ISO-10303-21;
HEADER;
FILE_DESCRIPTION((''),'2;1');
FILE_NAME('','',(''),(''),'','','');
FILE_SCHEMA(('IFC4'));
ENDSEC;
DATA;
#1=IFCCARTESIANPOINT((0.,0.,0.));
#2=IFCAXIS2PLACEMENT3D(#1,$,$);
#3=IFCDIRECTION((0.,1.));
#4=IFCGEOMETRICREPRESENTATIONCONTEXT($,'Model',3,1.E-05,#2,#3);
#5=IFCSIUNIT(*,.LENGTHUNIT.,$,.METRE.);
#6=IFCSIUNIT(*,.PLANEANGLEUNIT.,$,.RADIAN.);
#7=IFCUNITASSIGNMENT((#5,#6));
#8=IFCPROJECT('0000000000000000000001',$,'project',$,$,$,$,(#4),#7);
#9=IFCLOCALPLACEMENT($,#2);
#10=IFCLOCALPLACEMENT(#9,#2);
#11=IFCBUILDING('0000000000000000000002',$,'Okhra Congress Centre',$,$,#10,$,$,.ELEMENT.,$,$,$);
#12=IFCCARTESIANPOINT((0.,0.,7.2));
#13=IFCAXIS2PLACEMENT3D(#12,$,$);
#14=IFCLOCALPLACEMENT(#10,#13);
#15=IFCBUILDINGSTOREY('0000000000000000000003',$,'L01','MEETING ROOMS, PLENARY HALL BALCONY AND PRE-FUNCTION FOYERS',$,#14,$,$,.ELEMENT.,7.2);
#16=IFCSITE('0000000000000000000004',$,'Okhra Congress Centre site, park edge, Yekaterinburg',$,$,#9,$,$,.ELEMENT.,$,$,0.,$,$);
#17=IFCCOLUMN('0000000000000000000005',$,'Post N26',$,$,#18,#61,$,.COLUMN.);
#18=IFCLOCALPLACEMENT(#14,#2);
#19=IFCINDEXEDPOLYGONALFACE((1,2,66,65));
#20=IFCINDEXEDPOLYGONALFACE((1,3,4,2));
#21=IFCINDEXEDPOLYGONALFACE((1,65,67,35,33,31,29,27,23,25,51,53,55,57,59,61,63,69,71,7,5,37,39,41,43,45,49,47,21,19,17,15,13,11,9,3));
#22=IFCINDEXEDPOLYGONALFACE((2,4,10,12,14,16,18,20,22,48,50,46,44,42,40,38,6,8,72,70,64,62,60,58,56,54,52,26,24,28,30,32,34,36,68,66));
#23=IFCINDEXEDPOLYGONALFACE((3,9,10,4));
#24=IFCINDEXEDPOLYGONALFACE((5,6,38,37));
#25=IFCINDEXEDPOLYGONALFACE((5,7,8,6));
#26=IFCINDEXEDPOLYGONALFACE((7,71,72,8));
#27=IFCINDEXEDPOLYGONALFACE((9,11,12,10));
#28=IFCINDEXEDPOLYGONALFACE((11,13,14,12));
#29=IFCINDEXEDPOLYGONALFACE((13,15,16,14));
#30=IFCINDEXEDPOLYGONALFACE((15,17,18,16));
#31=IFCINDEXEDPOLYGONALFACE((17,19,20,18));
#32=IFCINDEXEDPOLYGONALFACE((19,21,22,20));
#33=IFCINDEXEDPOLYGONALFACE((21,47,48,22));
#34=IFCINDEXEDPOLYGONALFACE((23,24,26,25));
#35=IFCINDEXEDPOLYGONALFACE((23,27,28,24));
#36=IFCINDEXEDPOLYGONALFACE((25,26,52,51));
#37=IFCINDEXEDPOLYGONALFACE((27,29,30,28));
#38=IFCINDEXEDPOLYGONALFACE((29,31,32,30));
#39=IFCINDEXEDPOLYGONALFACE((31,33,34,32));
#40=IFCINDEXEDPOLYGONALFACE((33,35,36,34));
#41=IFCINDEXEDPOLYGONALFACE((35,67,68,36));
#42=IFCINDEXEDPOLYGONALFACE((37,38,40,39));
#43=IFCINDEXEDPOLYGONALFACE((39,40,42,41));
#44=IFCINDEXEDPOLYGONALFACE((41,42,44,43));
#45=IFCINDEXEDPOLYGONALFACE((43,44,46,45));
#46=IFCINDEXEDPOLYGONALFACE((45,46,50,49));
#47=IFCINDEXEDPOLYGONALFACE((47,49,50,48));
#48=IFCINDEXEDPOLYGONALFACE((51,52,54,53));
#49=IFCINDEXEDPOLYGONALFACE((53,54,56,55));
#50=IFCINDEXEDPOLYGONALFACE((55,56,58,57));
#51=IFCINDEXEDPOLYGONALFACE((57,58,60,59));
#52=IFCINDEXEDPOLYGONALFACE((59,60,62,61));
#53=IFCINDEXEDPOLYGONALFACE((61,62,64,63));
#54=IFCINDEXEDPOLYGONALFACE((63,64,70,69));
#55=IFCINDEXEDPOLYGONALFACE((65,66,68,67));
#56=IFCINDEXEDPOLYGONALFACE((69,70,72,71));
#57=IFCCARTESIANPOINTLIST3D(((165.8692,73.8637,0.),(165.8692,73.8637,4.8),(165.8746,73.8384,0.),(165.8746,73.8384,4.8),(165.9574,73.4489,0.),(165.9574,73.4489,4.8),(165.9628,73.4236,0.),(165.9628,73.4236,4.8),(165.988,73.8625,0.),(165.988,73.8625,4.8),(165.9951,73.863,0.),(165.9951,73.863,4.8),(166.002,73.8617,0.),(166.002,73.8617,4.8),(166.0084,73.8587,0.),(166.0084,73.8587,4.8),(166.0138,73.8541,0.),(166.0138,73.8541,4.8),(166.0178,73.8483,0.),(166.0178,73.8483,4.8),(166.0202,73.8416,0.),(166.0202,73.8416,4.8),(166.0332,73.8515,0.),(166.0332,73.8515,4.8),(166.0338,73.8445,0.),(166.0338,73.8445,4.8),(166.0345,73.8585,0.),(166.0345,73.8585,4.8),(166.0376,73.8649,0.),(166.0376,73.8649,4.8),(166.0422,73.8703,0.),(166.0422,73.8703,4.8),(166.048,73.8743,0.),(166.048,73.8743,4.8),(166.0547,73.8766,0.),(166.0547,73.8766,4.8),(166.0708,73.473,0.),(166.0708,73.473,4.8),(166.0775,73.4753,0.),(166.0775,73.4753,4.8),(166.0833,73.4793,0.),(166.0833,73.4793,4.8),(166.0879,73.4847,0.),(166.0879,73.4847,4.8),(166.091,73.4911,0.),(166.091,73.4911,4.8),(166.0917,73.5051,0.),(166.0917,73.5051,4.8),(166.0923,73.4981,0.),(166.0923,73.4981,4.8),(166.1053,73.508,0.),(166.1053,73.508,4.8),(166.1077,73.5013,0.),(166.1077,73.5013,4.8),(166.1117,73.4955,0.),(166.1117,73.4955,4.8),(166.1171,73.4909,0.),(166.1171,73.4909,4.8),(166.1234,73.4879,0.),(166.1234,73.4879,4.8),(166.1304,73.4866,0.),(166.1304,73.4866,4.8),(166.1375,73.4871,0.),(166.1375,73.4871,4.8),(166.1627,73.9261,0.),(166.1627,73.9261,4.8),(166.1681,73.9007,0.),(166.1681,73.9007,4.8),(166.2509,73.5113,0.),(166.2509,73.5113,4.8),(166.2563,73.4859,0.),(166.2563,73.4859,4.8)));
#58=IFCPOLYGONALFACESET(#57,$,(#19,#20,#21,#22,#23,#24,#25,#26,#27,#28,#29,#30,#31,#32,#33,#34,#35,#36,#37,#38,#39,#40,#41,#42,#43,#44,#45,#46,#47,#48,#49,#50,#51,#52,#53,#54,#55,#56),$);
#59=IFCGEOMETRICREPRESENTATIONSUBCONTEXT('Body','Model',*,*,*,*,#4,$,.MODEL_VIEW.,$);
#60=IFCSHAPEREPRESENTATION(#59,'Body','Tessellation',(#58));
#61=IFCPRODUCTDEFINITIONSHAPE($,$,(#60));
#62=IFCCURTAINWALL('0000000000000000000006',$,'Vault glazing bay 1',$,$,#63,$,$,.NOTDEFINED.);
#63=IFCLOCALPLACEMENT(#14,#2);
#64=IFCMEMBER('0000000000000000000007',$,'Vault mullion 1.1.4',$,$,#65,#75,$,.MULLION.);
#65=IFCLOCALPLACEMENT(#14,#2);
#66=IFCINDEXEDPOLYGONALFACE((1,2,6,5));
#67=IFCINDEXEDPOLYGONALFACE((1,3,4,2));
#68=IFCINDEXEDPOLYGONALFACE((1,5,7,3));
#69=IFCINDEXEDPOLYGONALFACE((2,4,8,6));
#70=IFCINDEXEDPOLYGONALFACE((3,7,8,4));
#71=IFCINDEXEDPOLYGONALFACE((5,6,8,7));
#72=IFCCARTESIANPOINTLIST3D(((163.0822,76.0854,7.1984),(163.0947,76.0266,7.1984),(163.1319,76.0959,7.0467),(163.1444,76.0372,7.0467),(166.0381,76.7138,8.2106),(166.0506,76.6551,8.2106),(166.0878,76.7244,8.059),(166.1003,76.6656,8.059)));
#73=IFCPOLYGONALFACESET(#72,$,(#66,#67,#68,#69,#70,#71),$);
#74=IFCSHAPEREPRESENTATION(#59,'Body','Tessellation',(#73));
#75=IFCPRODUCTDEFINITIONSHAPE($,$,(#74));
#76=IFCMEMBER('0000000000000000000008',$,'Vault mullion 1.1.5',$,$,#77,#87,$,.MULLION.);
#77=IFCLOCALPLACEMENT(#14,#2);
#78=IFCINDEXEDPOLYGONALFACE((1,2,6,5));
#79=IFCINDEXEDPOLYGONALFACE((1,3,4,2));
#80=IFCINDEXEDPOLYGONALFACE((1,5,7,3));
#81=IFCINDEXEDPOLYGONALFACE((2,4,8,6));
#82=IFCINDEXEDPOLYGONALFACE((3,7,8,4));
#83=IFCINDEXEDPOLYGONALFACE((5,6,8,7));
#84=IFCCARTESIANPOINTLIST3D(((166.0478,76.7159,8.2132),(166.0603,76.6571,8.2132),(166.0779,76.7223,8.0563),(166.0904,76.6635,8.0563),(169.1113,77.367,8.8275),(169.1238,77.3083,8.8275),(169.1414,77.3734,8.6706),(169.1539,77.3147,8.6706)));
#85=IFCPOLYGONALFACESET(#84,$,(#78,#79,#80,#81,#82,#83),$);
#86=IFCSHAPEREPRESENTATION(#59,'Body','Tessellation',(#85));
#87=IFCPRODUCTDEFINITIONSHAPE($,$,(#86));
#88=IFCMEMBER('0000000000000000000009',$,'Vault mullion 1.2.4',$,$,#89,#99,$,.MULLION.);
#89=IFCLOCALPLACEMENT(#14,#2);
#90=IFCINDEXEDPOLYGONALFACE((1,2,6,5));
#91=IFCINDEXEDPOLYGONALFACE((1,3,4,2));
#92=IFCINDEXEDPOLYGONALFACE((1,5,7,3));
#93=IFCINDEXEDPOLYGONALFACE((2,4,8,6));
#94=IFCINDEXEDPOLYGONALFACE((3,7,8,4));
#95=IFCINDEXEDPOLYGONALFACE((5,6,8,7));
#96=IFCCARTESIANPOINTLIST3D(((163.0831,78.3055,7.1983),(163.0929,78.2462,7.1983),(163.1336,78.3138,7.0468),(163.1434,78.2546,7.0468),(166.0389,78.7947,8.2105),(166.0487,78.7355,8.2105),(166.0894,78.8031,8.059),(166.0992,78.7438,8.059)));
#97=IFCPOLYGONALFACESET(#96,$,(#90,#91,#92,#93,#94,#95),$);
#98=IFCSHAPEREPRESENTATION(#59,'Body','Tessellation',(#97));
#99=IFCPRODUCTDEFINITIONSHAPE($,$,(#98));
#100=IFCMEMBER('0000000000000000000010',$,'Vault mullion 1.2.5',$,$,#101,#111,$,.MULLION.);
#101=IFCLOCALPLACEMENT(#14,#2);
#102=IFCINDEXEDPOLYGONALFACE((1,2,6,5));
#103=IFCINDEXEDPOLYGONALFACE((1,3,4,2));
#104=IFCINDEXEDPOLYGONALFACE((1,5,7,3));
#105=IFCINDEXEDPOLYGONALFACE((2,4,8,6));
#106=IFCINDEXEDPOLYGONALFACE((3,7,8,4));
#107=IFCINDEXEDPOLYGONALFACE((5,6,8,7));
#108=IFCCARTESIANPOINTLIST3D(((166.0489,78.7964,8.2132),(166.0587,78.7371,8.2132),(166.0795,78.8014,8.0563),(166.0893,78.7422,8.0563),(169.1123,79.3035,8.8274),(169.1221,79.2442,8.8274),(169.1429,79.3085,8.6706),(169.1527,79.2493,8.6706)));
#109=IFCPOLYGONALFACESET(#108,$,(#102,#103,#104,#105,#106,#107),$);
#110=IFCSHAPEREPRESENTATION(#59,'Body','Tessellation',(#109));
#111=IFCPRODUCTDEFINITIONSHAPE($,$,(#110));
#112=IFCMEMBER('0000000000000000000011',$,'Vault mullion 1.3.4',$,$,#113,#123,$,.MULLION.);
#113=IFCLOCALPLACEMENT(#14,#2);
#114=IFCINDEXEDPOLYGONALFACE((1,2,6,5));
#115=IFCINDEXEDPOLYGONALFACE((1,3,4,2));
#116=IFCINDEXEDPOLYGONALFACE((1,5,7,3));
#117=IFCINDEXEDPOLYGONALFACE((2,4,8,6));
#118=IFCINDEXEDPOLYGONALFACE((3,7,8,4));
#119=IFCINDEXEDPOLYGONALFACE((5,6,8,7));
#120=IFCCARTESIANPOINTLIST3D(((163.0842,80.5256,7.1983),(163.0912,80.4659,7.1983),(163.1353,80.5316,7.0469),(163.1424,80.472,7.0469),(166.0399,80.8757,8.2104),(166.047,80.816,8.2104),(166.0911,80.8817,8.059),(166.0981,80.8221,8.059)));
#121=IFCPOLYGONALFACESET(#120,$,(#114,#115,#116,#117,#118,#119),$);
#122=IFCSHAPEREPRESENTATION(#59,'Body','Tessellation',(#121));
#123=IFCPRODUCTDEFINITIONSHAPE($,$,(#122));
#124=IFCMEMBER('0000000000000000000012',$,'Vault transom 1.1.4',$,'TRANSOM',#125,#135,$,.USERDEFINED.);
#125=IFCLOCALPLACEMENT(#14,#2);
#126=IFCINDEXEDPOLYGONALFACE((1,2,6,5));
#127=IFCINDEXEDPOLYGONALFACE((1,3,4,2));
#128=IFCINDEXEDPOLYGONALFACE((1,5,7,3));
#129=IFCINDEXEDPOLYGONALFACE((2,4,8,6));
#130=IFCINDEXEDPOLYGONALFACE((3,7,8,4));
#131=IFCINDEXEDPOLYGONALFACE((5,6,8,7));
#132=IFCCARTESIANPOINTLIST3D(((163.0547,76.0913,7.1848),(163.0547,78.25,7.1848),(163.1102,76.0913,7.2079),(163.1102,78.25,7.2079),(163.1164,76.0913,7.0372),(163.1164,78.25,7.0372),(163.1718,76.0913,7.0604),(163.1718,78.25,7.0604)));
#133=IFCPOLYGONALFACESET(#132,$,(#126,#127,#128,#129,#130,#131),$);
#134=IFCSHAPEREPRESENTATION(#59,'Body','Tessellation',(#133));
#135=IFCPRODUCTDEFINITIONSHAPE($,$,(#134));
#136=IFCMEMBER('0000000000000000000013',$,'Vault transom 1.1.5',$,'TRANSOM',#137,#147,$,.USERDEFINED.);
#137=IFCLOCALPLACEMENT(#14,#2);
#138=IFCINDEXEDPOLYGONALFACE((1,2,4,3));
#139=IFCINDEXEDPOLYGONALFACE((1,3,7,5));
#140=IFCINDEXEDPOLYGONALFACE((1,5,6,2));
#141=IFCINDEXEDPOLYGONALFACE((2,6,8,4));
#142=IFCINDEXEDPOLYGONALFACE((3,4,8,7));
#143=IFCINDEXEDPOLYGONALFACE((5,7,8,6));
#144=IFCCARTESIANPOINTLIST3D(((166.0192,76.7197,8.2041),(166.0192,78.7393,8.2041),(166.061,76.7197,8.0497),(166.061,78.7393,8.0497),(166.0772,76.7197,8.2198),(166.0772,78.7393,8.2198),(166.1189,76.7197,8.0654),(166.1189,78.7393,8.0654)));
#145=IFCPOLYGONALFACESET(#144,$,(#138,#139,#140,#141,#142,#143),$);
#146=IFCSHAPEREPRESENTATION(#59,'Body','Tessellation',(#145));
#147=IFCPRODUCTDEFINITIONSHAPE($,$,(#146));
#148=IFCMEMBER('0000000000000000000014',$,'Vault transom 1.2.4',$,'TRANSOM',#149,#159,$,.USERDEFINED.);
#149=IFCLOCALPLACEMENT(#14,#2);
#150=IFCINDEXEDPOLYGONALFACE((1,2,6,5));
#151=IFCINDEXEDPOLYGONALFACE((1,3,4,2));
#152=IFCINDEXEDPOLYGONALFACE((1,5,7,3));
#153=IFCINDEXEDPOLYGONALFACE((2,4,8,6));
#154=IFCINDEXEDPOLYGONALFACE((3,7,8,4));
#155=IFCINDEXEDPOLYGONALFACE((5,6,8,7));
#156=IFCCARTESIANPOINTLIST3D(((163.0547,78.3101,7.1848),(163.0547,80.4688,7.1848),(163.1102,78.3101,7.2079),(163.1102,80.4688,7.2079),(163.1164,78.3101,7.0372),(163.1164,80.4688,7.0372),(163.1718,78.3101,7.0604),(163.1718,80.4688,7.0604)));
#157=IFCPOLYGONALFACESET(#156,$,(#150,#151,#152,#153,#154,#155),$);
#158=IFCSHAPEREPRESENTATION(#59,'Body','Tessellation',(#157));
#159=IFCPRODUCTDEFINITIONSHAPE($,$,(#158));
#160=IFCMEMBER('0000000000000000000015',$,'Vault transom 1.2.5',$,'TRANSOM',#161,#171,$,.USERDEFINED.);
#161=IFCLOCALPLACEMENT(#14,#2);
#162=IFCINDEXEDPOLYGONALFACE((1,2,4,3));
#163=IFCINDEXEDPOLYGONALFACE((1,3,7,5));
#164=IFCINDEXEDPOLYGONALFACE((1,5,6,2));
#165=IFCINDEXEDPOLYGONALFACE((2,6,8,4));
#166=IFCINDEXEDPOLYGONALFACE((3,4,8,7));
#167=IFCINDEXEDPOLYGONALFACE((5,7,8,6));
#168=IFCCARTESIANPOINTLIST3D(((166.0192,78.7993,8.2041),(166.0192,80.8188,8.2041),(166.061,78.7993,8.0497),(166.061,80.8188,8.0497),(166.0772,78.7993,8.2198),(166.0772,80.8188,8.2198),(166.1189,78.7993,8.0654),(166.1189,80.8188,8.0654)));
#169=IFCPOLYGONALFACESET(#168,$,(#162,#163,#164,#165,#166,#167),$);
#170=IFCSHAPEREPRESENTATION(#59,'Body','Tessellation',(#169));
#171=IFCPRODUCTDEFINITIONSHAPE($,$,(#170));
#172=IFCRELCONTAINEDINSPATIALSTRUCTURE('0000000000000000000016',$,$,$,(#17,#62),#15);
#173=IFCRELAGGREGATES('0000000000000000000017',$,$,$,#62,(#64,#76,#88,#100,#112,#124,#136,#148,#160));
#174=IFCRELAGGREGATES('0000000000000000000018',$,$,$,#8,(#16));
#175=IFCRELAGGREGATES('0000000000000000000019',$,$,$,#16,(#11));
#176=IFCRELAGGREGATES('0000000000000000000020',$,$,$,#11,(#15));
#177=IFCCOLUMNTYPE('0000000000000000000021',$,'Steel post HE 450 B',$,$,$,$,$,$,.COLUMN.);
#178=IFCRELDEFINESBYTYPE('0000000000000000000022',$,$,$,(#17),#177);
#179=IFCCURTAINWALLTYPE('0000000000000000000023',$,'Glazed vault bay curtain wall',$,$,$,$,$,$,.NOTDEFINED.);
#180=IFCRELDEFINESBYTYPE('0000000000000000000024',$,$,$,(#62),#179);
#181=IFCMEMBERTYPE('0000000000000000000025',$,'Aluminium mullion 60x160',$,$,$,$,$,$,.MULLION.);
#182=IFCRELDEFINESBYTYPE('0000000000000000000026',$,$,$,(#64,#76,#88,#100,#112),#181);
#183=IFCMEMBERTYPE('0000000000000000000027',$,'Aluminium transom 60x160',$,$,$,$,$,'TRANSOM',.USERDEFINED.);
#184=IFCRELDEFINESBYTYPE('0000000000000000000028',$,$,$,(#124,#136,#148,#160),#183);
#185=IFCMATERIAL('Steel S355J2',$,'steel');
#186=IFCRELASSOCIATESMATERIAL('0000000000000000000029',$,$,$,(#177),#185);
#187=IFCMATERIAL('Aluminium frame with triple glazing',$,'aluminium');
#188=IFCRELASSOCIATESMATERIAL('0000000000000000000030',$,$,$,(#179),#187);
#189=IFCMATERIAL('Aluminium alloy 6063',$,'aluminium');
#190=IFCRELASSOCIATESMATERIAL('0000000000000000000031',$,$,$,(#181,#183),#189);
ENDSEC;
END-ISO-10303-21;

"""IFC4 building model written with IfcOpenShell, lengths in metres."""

from ifc_helpers import new_model, si_unit, direction, frame, origin, origin_2d, place, context, subcontext, project, spatial, rectangle, i_section, extrude, material, material_profile, profile_set, type_object, element, aggregate, save


model = new_model("IFC4")

# Units and contexts
model_context = context("Model", 3, precision=1e-05, world=origin(), true_north=direction((0.0, 1.0)))
body_context = subcontext(model_context, "Body", "Model", "MODEL_VIEW")
ifc_project = project(units=[si_unit("LENGTHUNIT", "METRE"), si_unit("PLANEANGLEUNIT", "RADIAN")], contexts=[model_context])

# Site, building, storey
site_placement = place(None, origin())
site = spatial("IfcSite", under=ifc_project, at=site_placement, Name="Okhra Congress Centre site, park edge, Yekaterinburg", CompositionType="ELEMENT", RefElevation=0.0)
building_placement = place(site_placement, origin())
building = spatial("IfcBuilding", under=site, at=building_placement, Name="Okhra Congress Centre", CompositionType="ELEMENT")
storey_placement = place(building_placement, frame((0.0, 0.0, 7.2)))
storey = spatial("IfcBuildingStorey", under=building, at=storey_placement, Name="L01", Description="MEETING ROOMS, PLENARY HALL BALCONY AND PRE-FUNCTION FOYERS", CompositionType="ELEMENT", Elevation=7.2)

# Column
ifc_material_1 = material(Name="Steel S355J2", Category="steel")
ifc_material_profile_1 = material_profile(ifc_material_1, i_section(OverallWidth=0.3, OverallDepth=0.45, WebThickness=0.0139, FlangeThickness=0.0259, FilletRadius=0.0271, at=origin_2d()), Name="HE 450 B")
ifc_profile_set_1 = profile_set([ifc_material_profile_1], Name="Steel S355J2")
column_type = type_object("IfcColumnType", Name="Steel post HE 450 B", PredefinedType="COLUMN", material=ifc_profile_set_1)
column_placement = place(storey_placement, frame((166.0627, 73.6748, 0.0), z_axis=(0.0, 0.0, 1.0), x_axis=(0.978148, 0.207912, 0.0)))
element("IfcColumn", 1, at=column_placement, inside=storey, type_object=column_type, Name="Post N26", PredefinedType="COLUMN", context=body_context, shape_type="SweptSolid", body=[
    extrude(i_section(OverallWidth=0.3, OverallDepth=0.45, WebThickness=0.0139, FlangeThickness=0.0259, FilletRadius=0.0271, at=origin_2d()), origin(), (0.0, 0.0, 1.0), 4.8),
])

# Curtain wall, members
ifc_material_2 = material(Name="Aluminium frame with triple glazing", Category="aluminium")
curtain_wall_type = type_object("IfcCurtainWallType", Name="Glazed vault bay curtain wall", PredefinedType="NOTDEFINED", material=ifc_material_2)
curtain_wall_placement = place(storey_placement, origin())
curtain_wall = element("IfcCurtainWall", 2, at=curtain_wall_placement, inside=storey, type_object=curtain_wall_type, Name="Vault glazing bay 1", PredefinedType="NOTDEFINED")
ifc_material_3 = material(Name="Aluminium alloy 6063", Category="aluminium")
ifc_material_profile_2 = material_profile(ifc_material_3, rectangle(XDim=0.0601, YDim=0.1599, at=origin_2d()), Name="AL 60x160")
ifc_profile_set_2 = profile_set([ifc_material_profile_2], Name="Aluminium alloy 6063")
member_type_1 = type_object("IfcMemberType", Name="Aluminium mullion 60x160", PredefinedType="MULLION", material=ifc_profile_set_2)
member_1_placement = place(storey_placement, frame((163.1133, 76.0613, 7.1226), z_axis=(0.92749, 0.197188, 0.317616), x_axis=(-0.207956, 0.978138, 0.0)))
member_1 = element("IfcMember", 3, at=member_1_placement, type_object=member_type_1, Name="Vault mullion 1.1.4", PredefinedType="MULLION", context=body_context, shape_type="SweptSolid", body=[
    extrude(rectangle(XDim=0.0601, YDim=0.1599, at=origin_2d()), origin(), (0.0, 0.0, 1.0), 3.187),
])
member_2_placement = place(storey_placement, frame((166.0691, 76.6897, 8.1348), z_axis=(0.959863, 0.204013, 0.192462), x_axis=(-0.2079, 0.97815, 0.0)))
member_2 = element("IfcMember", 4, at=member_2_placement, type_object=member_type_1, Name="Vault mullion 1.1.5", PredefinedType="MULLION", context=body_context, shape_type="SweptSolid", body=[
    extrude(rectangle(XDim=0.0601, YDim=0.1599, at=origin_2d()), origin(), (0.0, 0.0, 1.0), 3.1917),
])
member_3_placement = place(storey_placement, frame((163.1133, 78.28, 7.1226), z_axis=(0.934674, 0.154711, 0.320076), x_axis=(-0.163302, 0.986576, 0.0)))
member_3 = element("IfcMember", 5, at=member_3_placement, type_object=member_type_1, Name="Vault mullion 1.2.4", PredefinedType="MULLION", context=body_context, shape_type="SweptSolid", body=[
    extrude(rectangle(XDim=0.0601, YDim=0.1599, at=origin_2d()), origin(), (0.0, 0.0, 1.0), 3.1624),
])
member_4_placement = place(storey_placement, frame((166.0691, 78.7693, 8.1348), z_axis=(0.967821, 0.160198, 0.194058), x_axis=(-0.163302, 0.986576, 0.0)))
member_4 = element("IfcMember", 6, at=member_4_placement, type_object=member_type_1, Name="Vault mullion 1.2.5", PredefinedType="MULLION", context=body_context, shape_type="SweptSolid", body=[
    extrude(rectangle(XDim=0.0601, YDim=0.1599, at=origin_2d()), origin(), (0.0, 0.0, 1.0), 3.1653),
])
member_5_placement = place(storey_placement, frame((163.1133, 80.4988, 7.1226), z_axis=(0.940181, 0.111359, 0.321962), x_axis=(-0.117622, 0.993058, 0.0)))
member_5 = element("IfcMember", 7, at=member_5_placement, type_object=member_type_1, Name="Vault mullion 1.3.4", PredefinedType="MULLION", context=body_context, shape_type="SweptSolid", body=[
    extrude(rectangle(XDim=0.0601, YDim=0.1599, at=origin_2d()), origin(), (0.0, 0.0, 1.0), 3.1438),
])
ifc_material_profile_3 = material_profile(ifc_material_3, rectangle(XDim=0.0601, YDim=0.1599, at=origin_2d()), Name="AL 60x160 transom")
ifc_profile_set_3 = profile_set([ifc_material_profile_3], Name="Aluminium alloy 6063")
member_type_2 = type_object("IfcMemberType", Name="Aluminium transom 60x160", ElementType="TRANSOM", PredefinedType="USERDEFINED", material=ifc_profile_set_3)
member_6_placement = place(storey_placement, frame((163.1133, 76.0913, 7.1226), z_axis=(0.0, 1.0, 0.0), x_axis=(-0.922669, 0.0, -0.385593)))
member_6 = element("IfcMember", 8, at=member_6_placement, type_object=member_type_2, Name="Vault transom 1.1.4", ObjectType="TRANSOM", PredefinedType="USERDEFINED", context=body_context, shape_type="SweptSolid", body=[
    extrude(rectangle(XDim=0.0601, YDim=0.1599, at=origin_2d()), origin(), (0.0, 0.0, 1.0), 2.1587),
])
member_7_placement = place(storey_placement, frame((166.0691, 76.7197, 8.1348), z_axis=(0.0, 1.0, 0.0), x_axis=(-0.96538, 0.0, -0.260848)))
member_7 = element("IfcMember", 9, at=member_7_placement, type_object=member_type_2, Name="Vault transom 1.1.5", ObjectType="TRANSOM", PredefinedType="USERDEFINED", context=body_context, shape_type="SweptSolid", body=[
    extrude(rectangle(XDim=0.0601, YDim=0.1599, at=origin_2d()), origin(), (0.0, 0.0, 1.0), 2.0195),
])
member_8_placement = place(storey_placement, frame((163.1133, 78.3101, 7.1226), z_axis=(0.0, 1.0, 0.0), x_axis=(-0.922669, 0.0, -0.385593)))
member_8 = element("IfcMember", 10, at=member_8_placement, type_object=member_type_2, Name="Vault transom 1.2.4", ObjectType="TRANSOM", PredefinedType="USERDEFINED", context=body_context, shape_type="SweptSolid", body=[
    extrude(rectangle(XDim=0.0601, YDim=0.1599, at=origin_2d()), origin(), (0.0, 0.0, 1.0), 2.1587),
])
member_9_placement = place(storey_placement, frame((166.0691, 78.7993, 8.1348), z_axis=(0.0, 1.0, 0.0), x_axis=(-0.96538, 0.0, -0.260848)))
member_9 = element("IfcMember", 11, at=member_9_placement, type_object=member_type_2, Name="Vault transom 1.2.5", ObjectType="TRANSOM", PredefinedType="USERDEFINED", context=body_context, shape_type="SweptSolid", body=[
    extrude(rectangle(XDim=0.0601, YDim=0.1599, at=origin_2d()), origin(), (0.0, 0.0, 1.0), 2.0195),
])

aggregate(curtain_wall, [member_1, member_2, member_3, member_4, member_5, member_6, member_7, member_8, member_9])

save(model, "model.ifc")
